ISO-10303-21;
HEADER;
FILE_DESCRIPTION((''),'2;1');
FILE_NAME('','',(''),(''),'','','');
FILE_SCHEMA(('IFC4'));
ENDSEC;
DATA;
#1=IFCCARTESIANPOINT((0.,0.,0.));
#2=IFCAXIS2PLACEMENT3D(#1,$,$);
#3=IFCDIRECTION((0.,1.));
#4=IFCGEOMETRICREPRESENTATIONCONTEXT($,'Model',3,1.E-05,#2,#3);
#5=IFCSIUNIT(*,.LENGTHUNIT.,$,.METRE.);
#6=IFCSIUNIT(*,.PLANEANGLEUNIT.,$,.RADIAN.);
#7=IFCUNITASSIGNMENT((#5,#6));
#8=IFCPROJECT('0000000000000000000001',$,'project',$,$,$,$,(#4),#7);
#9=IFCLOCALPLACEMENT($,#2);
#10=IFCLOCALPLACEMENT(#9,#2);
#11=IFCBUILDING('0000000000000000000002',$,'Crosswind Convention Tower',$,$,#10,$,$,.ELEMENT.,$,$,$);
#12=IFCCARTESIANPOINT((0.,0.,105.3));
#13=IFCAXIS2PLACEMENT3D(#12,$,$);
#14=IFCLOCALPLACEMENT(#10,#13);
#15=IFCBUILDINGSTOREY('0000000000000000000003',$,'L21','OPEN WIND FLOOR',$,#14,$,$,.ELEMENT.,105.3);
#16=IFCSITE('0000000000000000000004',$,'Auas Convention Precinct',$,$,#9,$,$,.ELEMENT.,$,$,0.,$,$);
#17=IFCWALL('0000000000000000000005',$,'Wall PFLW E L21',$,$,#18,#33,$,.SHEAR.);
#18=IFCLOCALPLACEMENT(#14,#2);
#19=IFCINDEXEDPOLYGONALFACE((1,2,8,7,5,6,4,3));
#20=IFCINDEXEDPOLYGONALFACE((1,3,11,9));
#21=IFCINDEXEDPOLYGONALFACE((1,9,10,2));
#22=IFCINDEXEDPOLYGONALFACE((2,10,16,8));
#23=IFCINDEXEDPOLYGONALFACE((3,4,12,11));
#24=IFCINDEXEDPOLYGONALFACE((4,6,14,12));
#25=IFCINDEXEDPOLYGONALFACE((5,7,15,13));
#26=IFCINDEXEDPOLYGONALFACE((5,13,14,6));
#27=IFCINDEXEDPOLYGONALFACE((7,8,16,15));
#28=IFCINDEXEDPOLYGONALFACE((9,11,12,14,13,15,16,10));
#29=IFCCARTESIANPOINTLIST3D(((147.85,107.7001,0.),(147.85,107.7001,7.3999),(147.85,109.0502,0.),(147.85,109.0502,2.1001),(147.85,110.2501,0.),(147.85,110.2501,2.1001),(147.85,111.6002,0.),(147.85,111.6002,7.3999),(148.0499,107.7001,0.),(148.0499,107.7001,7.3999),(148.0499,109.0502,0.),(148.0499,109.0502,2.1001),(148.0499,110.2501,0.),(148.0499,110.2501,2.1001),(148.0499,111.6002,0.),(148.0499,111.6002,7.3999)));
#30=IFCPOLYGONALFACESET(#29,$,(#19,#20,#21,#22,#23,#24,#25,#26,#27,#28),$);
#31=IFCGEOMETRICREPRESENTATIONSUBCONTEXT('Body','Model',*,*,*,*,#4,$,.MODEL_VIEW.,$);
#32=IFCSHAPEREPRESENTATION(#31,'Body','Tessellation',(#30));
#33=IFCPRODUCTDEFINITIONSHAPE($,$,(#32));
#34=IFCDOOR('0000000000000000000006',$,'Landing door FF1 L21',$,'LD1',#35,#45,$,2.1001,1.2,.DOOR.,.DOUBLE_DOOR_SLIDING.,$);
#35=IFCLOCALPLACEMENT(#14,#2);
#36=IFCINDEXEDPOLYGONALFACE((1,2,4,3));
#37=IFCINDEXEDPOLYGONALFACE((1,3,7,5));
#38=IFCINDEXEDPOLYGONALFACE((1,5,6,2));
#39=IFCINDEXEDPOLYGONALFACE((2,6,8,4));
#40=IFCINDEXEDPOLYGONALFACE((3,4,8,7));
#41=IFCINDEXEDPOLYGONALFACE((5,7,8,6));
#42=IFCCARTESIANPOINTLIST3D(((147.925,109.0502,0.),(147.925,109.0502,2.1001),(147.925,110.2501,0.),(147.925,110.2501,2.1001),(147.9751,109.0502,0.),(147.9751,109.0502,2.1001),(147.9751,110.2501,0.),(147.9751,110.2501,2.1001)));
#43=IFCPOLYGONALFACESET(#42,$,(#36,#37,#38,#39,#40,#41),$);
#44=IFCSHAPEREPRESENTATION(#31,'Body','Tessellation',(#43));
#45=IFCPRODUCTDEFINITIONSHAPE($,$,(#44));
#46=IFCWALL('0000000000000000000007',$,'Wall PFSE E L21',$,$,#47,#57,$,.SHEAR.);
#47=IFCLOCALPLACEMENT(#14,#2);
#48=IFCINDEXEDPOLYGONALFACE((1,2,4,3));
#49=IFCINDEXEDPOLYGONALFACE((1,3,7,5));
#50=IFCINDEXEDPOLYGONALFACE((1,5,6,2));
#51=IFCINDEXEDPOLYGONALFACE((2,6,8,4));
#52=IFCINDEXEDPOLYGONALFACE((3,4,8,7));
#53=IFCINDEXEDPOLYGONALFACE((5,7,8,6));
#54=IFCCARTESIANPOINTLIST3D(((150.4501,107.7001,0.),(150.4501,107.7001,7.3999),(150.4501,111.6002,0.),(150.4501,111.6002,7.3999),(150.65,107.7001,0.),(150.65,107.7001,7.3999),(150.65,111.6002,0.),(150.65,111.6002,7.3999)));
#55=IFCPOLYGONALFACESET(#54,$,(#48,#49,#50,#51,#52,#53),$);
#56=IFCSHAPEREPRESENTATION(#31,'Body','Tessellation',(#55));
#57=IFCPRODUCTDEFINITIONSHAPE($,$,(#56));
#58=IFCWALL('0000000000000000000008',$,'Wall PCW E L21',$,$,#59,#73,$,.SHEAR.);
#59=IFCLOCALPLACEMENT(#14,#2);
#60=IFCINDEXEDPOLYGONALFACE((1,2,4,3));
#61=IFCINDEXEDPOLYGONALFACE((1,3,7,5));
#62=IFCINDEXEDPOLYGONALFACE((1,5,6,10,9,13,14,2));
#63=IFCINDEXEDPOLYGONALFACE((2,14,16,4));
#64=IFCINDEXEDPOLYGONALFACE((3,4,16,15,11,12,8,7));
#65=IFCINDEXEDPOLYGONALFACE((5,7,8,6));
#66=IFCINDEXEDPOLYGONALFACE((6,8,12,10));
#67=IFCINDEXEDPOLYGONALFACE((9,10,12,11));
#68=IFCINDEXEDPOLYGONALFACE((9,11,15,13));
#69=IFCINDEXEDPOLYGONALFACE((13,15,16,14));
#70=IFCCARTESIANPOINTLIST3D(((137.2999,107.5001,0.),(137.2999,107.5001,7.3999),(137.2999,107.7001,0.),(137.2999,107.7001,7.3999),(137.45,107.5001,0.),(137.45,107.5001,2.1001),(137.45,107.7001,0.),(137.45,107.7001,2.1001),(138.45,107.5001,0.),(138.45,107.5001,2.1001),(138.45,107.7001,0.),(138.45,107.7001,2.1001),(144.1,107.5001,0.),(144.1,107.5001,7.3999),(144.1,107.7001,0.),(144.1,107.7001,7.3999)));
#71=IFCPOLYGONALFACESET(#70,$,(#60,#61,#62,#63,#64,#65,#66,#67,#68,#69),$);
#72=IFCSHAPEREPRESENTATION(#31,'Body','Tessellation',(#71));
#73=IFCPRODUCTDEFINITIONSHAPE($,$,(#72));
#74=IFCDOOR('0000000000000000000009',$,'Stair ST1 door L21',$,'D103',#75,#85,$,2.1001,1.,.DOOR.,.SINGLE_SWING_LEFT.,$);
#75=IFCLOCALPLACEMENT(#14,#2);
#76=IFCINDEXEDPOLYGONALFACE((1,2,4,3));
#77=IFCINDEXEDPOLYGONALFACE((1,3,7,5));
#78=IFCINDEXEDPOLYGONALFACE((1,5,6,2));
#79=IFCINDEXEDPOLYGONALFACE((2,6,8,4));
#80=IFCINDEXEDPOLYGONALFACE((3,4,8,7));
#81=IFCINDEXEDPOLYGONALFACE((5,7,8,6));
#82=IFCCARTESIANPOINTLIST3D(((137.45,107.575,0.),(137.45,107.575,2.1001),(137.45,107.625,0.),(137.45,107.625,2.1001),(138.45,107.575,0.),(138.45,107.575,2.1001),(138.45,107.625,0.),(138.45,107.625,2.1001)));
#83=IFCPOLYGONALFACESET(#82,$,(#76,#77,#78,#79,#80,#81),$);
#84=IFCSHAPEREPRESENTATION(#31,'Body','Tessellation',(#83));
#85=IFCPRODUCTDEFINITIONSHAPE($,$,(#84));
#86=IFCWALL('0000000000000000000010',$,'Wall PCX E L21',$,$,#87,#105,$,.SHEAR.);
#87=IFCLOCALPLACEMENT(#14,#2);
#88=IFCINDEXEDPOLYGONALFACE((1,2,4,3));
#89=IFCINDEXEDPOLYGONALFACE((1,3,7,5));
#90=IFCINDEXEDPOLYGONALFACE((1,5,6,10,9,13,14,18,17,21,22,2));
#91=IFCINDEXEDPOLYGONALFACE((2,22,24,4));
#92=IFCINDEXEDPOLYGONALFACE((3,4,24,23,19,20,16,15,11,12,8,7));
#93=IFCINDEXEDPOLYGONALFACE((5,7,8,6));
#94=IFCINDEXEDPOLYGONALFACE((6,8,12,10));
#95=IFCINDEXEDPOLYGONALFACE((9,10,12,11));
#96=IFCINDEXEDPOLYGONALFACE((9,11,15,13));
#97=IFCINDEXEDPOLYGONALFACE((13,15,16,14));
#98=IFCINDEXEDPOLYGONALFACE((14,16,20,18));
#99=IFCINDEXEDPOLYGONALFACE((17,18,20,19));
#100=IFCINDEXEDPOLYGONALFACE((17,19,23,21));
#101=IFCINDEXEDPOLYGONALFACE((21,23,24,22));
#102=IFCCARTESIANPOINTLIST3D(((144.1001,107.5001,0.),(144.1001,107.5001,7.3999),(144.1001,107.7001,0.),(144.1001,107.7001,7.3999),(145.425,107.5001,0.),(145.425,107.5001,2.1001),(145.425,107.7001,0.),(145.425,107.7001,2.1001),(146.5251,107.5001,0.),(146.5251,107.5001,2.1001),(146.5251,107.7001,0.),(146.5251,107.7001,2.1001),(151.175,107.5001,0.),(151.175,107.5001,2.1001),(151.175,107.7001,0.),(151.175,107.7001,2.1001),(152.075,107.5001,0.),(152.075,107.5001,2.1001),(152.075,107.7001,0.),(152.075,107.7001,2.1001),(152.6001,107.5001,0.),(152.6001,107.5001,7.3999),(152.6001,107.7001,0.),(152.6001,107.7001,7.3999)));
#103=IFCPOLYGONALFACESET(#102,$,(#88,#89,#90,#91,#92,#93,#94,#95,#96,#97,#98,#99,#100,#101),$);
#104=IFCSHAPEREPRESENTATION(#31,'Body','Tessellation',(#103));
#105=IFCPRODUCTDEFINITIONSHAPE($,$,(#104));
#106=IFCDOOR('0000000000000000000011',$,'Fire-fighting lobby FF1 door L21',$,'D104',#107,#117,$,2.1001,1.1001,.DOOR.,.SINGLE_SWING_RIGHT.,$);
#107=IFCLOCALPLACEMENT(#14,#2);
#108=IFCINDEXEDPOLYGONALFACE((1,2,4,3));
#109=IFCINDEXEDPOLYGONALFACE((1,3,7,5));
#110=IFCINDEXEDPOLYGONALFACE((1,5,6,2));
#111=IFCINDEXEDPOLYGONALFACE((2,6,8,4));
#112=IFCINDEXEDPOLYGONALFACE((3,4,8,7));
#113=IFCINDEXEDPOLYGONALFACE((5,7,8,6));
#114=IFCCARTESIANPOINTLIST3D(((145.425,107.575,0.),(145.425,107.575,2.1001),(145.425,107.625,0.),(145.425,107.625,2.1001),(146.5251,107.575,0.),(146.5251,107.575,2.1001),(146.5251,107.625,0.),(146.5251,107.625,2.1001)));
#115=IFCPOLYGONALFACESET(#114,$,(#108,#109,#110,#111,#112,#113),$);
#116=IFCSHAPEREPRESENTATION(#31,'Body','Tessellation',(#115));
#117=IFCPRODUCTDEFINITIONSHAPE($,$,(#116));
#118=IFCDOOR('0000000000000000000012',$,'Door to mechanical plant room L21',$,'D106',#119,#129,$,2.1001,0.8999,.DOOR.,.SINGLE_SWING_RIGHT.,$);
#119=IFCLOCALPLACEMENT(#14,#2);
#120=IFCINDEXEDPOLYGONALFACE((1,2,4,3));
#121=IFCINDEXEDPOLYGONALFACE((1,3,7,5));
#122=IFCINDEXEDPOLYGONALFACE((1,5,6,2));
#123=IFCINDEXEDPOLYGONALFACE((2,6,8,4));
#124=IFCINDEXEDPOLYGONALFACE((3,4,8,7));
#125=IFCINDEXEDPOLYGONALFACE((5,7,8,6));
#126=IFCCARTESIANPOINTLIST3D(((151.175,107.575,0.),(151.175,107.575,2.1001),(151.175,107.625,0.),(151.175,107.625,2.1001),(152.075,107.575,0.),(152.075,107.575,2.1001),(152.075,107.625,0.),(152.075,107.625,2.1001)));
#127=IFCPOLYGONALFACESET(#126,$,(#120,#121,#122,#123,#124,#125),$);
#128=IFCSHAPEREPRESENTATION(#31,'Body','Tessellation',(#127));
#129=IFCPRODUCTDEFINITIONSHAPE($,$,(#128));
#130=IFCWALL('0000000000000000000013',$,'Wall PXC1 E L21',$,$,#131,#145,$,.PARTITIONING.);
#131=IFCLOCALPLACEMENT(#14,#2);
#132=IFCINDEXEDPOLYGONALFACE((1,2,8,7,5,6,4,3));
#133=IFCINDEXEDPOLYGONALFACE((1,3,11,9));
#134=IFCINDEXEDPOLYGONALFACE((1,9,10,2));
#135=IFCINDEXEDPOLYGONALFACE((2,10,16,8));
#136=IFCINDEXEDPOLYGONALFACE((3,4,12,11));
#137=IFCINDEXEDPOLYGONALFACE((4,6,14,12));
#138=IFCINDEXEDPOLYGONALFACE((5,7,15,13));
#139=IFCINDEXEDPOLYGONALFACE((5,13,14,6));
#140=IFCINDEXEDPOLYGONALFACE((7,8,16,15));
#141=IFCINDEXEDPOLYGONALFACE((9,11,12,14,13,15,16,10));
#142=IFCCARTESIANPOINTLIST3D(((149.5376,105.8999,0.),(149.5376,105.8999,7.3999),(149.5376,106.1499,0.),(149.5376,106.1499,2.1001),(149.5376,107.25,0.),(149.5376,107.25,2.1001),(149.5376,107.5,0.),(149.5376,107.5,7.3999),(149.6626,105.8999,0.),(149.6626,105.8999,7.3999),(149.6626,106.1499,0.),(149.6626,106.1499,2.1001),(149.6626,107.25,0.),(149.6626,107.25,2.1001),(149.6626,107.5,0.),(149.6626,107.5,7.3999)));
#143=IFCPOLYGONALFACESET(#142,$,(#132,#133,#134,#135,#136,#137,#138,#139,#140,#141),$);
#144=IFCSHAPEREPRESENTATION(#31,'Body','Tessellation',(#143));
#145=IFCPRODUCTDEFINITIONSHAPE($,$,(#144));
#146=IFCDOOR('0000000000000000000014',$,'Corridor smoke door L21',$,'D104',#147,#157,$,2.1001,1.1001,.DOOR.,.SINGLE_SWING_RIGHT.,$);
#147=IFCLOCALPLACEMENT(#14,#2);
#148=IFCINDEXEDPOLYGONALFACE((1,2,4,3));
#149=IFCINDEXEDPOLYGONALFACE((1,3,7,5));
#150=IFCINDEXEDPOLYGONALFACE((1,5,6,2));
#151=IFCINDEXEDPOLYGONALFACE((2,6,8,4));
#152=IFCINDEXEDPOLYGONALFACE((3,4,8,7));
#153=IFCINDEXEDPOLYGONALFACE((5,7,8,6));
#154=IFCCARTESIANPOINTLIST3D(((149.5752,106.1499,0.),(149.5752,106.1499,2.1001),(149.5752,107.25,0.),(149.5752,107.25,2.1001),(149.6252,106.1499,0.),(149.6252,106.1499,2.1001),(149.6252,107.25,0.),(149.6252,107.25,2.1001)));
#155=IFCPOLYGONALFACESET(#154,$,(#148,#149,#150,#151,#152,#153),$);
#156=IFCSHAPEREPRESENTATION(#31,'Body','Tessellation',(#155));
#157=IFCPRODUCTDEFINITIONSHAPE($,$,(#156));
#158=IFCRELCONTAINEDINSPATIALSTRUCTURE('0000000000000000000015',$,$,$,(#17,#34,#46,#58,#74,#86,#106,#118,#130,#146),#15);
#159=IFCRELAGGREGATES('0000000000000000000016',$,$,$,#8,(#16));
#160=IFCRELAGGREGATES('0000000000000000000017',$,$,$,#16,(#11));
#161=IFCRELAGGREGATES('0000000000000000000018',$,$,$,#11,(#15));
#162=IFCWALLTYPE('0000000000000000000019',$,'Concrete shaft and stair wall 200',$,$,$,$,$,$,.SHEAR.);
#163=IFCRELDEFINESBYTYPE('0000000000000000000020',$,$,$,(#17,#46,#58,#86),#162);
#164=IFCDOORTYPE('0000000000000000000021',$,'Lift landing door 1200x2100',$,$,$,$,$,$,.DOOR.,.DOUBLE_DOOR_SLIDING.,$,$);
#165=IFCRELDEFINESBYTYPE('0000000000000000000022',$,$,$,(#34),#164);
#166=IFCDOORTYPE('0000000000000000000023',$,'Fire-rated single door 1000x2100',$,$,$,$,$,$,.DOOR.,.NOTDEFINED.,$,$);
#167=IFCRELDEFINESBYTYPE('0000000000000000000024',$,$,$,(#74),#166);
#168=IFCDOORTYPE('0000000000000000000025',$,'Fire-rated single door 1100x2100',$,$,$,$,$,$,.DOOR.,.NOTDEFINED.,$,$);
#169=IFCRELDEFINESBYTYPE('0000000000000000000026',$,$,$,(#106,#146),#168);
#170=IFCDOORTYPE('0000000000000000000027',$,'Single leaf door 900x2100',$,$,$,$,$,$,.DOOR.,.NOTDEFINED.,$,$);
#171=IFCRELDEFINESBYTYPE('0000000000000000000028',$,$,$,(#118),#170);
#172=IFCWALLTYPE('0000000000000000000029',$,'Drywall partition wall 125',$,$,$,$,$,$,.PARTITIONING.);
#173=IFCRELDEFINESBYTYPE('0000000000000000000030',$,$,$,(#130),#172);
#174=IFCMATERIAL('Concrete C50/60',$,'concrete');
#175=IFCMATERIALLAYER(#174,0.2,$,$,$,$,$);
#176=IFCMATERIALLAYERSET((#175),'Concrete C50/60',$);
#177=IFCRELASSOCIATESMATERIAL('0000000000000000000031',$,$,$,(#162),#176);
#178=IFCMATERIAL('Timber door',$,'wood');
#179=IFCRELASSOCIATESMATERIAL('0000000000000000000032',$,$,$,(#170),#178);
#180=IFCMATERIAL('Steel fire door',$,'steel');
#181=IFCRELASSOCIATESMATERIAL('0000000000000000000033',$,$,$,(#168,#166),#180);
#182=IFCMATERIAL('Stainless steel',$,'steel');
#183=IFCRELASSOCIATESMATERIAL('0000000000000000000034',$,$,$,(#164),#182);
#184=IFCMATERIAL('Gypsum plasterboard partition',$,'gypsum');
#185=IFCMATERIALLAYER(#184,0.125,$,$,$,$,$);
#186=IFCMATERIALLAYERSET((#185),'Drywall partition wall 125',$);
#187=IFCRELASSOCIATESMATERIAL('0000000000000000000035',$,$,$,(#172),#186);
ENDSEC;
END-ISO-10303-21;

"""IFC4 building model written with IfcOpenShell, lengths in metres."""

from ifc_helpers import new_model, si_unit, direction, frame, frame_2d, origin, place, context, subcontext, project, spatial, rectangle, extrude, material, layer, layer_set, type_object, element, fill, save


model = new_model("IFC4")

# Units and contexts
model_context = context("Model", 3, precision=1e-05, world=origin(), true_north=direction((0.0, 1.0)))
body_context = subcontext(model_context, "Body", "Model", "MODEL_VIEW")
ifc_project = project(units=[si_unit("LENGTHUNIT", "METRE"), si_unit("PLANEANGLEUNIT", "RADIAN")], contexts=[model_context])

# Site, building, storey
site_placement = place(None, origin())
site = spatial("IfcSite", under=ifc_project, at=site_placement, Name="Auas Convention Precinct", CompositionType="ELEMENT", RefElevation=0.0)
building_placement = place(site_placement, origin())
building = spatial("IfcBuilding", under=site, at=building_placement, Name="Crosswind Convention Tower", CompositionType="ELEMENT")
storey_placement = place(building_placement, frame((0.0, 0.0, 105.3)))
storey = spatial("IfcBuildingStorey", under=building, at=storey_placement, Name="L21", Description="OPEN WIND FLOOR", CompositionType="ELEMENT", Elevation=105.3)

# Shared definitions
ifc_material_1 = material(Name="Concrete C50/60", Category="concrete")
ifc_layer_1 = layer(ifc_material_1, 0.2)
ifc_layer_set_1 = layer_set([ifc_layer_1], Name="Concrete C50/60")
wall_type_1 = type_object("IfcWallType", Name="Concrete shaft and stair wall 200", PredefinedType="SHEAR", material=ifc_layer_set_1)

# Shared definitions
ifc_material_2 = material(Name="Steel fire door", Category="steel")
ifc_material_3 = material(Name="Timber door", Category="wood")
door_type_1 = type_object("IfcDoorType", Name="Single leaf door 900x2100", OperationType="NOTDEFINED", PredefinedType="DOOR", material=ifc_material_3)

# Shared definitions
door_type_2 = type_object("IfcDoorType", Name="Fire-rated single door 1100x2100", OperationType="NOTDEFINED", PredefinedType="DOOR", material=ifc_material_2)

# Wall, opening, door
wall_1_placement = place(storey_placement, frame((147.95, 107.7, 0.0), z_axis=(0.0, 0.0, 1.0), x_axis=(0.0, 1.0, 0.0)))
wall_1 = element("IfcWall", 1, at=wall_1_placement, inside=storey, type_object=wall_type_1, Name="Wall PFLW E L21", PredefinedType="SHEAR", context=body_context, shape_type="SweptSolid", body=[
    extrude(rectangle(XDim=3.9001, YDim=0.2, at=frame_2d((1.9502, 0.0))), origin(), (0.0, 0.0, 1.0), 7.3999),
])
opening_1_placement = place(wall_1_placement, frame((1.3501, 0.0, 0.0)))
opening_1 = element("IfcOpeningElement", 2, at=opening_1_placement, cuts=wall_1, PredefinedType="OPENING", context=body_context, shape_type="SweptSolid", body=[
    extrude(rectangle(XDim=1.2, YDim=2.1001, at=frame_2d((0.6001, 1.05))), frame((0.0, 0.1099, 0.0), z_axis=(0.0, -1.0, 0.0), x_axis=(1.0, 0.0, 0.0)), (0.0, 0.0, 1.0), 0.22),
])
ifc_material_4 = material(Name="Stainless steel", Category="steel")
door_type_3 = type_object("IfcDoorType", Name="Lift landing door 1200x2100", OperationType="DOUBLE_DOOR_SLIDING", PredefinedType="DOOR", material=ifc_material_4)
door_1_placement = place(opening_1_placement, origin())
door_1 = element("IfcDoor", 3, at=door_1_placement, inside=storey, type_object=door_type_3, Name="Landing door FF1 L21", ObjectType="LD1", OperationType="DOUBLE_DOOR_SLIDING", OverallHeight=2.1001, OverallWidth=1.2, PredefinedType="DOOR", context=body_context, shape_type="SweptSolid", body=[
    extrude(rectangle(XDim=1.2, YDim=2.1001, at=frame_2d((0.6001, 1.05))), frame((0.0, 0.0249, 0.0), z_axis=(0.0, -1.0, 0.0), x_axis=(1.0, 0.0, 0.0)), (0.0, 0.0, 1.0), 0.05),
])
fill(opening_1, door_1)

# Wall
wall_2_placement = place(storey_placement, frame((150.55, 107.7, 0.0), z_axis=(0.0, 0.0, 1.0), x_axis=(0.0, 1.0, 0.0)))
element("IfcWall", 4, at=wall_2_placement, inside=storey, type_object=wall_type_1, Name="Wall PFSE E L21", PredefinedType="SHEAR", context=body_context, shape_type="SweptSolid", body=[
    extrude(rectangle(XDim=3.9001, YDim=0.2, at=frame_2d((1.9502, 0.0))), origin(), (0.0, 0.0, 1.0), 7.3999),
])

# Wall, opening, door
wall_3_placement = place(storey_placement, frame((137.3, 107.6001, 0.0), z_axis=(0.0, 0.0, 1.0), x_axis=(1.0, 0.0, 0.0)))
wall_3 = element("IfcWall", 5, at=wall_3_placement, inside=storey, type_object=wall_type_1, Name="Wall PCW E L21", PredefinedType="SHEAR", context=body_context, shape_type="SweptSolid", body=[
    extrude(rectangle(XDim=6.8, YDim=0.2, at=frame_2d((3.3999, 0.0))), origin(), (0.0, 0.0, 1.0), 7.3999),
])
opening_2_placement = place(wall_3_placement, frame((0.1499, 0.0, 0.0)))
opening_2 = element("IfcOpeningElement", 6, at=opening_2_placement, cuts=wall_3, PredefinedType="OPENING", context=body_context, shape_type="SweptSolid", body=[
    extrude(rectangle(XDim=1.0, YDim=2.1001, at=frame_2d((0.5, 1.05))), frame((0.0, 0.1099, 0.0), z_axis=(0.0, -1.0, 0.0), x_axis=(1.0, 0.0, 0.0)), (0.0, 0.0, 1.0), 0.22),
])
door_type_4 = type_object("IfcDoorType", Name="Fire-rated single door 1000x2100", OperationType="NOTDEFINED", PredefinedType="DOOR", material=ifc_material_2)
door_2_placement = place(opening_2_placement, origin())
door_2 = element("IfcDoor", 7, at=door_2_placement, inside=storey, type_object=door_type_4, Name="Stair ST1 door L21", ObjectType="D103", OperationType="SINGLE_SWING_LEFT", OverallHeight=2.1001, OverallWidth=1.0, PredefinedType="DOOR", context=body_context, shape_type="SweptSolid", body=[
    extrude(rectangle(XDim=1.0, YDim=2.1001, at=frame_2d((0.5, 1.05))), frame((0.0, 0.0249, 0.0), z_axis=(0.0, -1.0, 0.0), x_axis=(1.0, 0.0, 0.0)), (0.0, 0.0, 1.0), 0.05),
])
fill(opening_2, door_2)

# Wall, openings, doors
wall_4_placement = place(storey_placement, frame((144.1001, 107.6001, 0.0), z_axis=(0.0, 0.0, 1.0), x_axis=(1.0, 0.0, 0.0)))
wall_4 = element("IfcWall", 8, at=wall_4_placement, inside=storey, type_object=wall_type_1, Name="Wall PCX E L21", PredefinedType="SHEAR", context=body_context, shape_type="SweptSolid", body=[
    extrude(rectangle(XDim=8.5, YDim=0.2, at=frame_2d((4.25, 0.0))), origin(), (0.0, 0.0, 1.0), 7.3999),
])
opening_3_placement = place(wall_4_placement, frame((1.325, 0.0, 0.0)))
opening_3 = element("IfcOpeningElement", 9, at=opening_3_placement, cuts=wall_4, PredefinedType="OPENING", context=body_context, shape_type="SweptSolid", body=[
    extrude(rectangle(XDim=1.1001, YDim=2.1001, at=frame_2d((0.55, 1.05))), frame((0.0, 0.1099, 0.0), z_axis=(0.0, -1.0, 0.0), x_axis=(1.0, 0.0, 0.0)), (0.0, 0.0, 1.0), 0.22),
])
opening_4_placement = place(wall_4_placement, frame((7.075, 0.0, 0.0)))
opening_4 = element("IfcOpeningElement", 10, at=opening_4_placement, cuts=wall_4, PredefinedType="OPENING", context=body_context, shape_type="SweptSolid", body=[
    extrude(rectangle(XDim=0.8999, YDim=2.1001, at=frame_2d((0.45, 1.05))), frame((0.0, 0.1099, 0.0), z_axis=(0.0, -1.0, 0.0), x_axis=(1.0, 0.0, 0.0)), (0.0, 0.0, 1.0), 0.22),
])
door_3_placement = place(opening_3_placement, origin())
door_3 = element("IfcDoor", 11, at=door_3_placement, inside=storey, type_object=door_type_2, Name="Fire-fighting lobby FF1 door L21", ObjectType="D104", OperationType="SINGLE_SWING_RIGHT", OverallHeight=2.1001, OverallWidth=1.1001, PredefinedType="DOOR", context=body_context, shape_type="SweptSolid", body=[
    extrude(rectangle(XDim=1.1001, YDim=2.1001, at=frame_2d((0.55, 1.05))), frame((0.0, 0.0249, 0.0), z_axis=(0.0, -1.0, 0.0), x_axis=(1.0, 0.0, 0.0)), (0.0, 0.0, 1.0), 0.05),
])
fill(opening_3, door_3)
door_4_placement = place(opening_4_placement, origin())
door_4 = element("IfcDoor", 12, at=door_4_placement, inside=storey, type_object=door_type_1, Name="Door to mechanical plant room L21", ObjectType="D106", OperationType="SINGLE_SWING_RIGHT", OverallHeight=2.1001, OverallWidth=0.8999, PredefinedType="DOOR", context=body_context, shape_type="SweptSolid", body=[
    extrude(rectangle(XDim=0.8999, YDim=2.1001, at=frame_2d((0.45, 1.05))), frame((0.0, 0.0249, 0.0), z_axis=(0.0, -1.0, 0.0), x_axis=(1.0, 0.0, 0.0)), (0.0, 0.0, 1.0), 0.05),
])
fill(opening_4, door_4)

# Wall, opening, door
ifc_material_5 = material(Name="Gypsum plasterboard partition", Category="gypsum")
ifc_layer_2 = layer(ifc_material_5, 0.125)
ifc_layer_set_2 = layer_set([ifc_layer_2], Name="Drywall partition wall 125")
wall_type_2 = type_object("IfcWallType", Name="Drywall partition wall 125", PredefinedType="PARTITIONING", material=ifc_layer_set_2)
wall_5_placement = place(storey_placement, frame((149.6001, 105.8999, 0.0), z_axis=(0.0, 0.0, 1.0), x_axis=(0.0, 1.0, 0.0)))
wall_5 = element("IfcWall", 13, at=wall_5_placement, inside=storey, type_object=wall_type_2, Name="Wall PXC1 E L21", PredefinedType="PARTITIONING", context=body_context, shape_type="SweptSolid", body=[
    extrude(rectangle(XDim=1.6001, YDim=0.125, at=frame_2d((0.8, 0.0))), origin(), (0.0, 0.0, 1.0), 7.3999),
])
opening_5_placement = place(wall_5_placement, frame((0.25, 0.0, 0.0)))
opening_5 = element("IfcOpeningElement", 14, at=opening_5_placement, cuts=wall_5, PredefinedType="OPENING", context=body_context, shape_type="SweptSolid", body=[
    extrude(rectangle(XDim=1.1001, YDim=2.1001, at=frame_2d((0.55, 1.05))), frame((0.0, 0.0725, 0.0), z_axis=(0.0, -1.0, 0.0), x_axis=(1.0, 0.0, 0.0)), (0.0, 0.0, 1.0), 0.145),
])
door_5_placement = place(opening_5_placement, origin())
door_5 = element("IfcDoor", 15, at=door_5_placement, inside=storey, type_object=door_type_2, Name="Corridor smoke door L21", ObjectType="D104", OperationType="SINGLE_SWING_RIGHT", OverallHeight=2.1001, OverallWidth=1.1001, PredefinedType="DOOR", context=body_context, shape_type="SweptSolid", body=[
    extrude(rectangle(XDim=1.1001, YDim=2.1001, at=frame_2d((0.55, 1.05))), frame((0.0, 0.0249, 0.0), z_axis=(0.0, -1.0, 0.0), x_axis=(1.0, 0.0, 0.0)), (0.0, 0.0, 1.0), 0.05),
])
fill(opening_5, door_5)

save(model, "model.ifc")
